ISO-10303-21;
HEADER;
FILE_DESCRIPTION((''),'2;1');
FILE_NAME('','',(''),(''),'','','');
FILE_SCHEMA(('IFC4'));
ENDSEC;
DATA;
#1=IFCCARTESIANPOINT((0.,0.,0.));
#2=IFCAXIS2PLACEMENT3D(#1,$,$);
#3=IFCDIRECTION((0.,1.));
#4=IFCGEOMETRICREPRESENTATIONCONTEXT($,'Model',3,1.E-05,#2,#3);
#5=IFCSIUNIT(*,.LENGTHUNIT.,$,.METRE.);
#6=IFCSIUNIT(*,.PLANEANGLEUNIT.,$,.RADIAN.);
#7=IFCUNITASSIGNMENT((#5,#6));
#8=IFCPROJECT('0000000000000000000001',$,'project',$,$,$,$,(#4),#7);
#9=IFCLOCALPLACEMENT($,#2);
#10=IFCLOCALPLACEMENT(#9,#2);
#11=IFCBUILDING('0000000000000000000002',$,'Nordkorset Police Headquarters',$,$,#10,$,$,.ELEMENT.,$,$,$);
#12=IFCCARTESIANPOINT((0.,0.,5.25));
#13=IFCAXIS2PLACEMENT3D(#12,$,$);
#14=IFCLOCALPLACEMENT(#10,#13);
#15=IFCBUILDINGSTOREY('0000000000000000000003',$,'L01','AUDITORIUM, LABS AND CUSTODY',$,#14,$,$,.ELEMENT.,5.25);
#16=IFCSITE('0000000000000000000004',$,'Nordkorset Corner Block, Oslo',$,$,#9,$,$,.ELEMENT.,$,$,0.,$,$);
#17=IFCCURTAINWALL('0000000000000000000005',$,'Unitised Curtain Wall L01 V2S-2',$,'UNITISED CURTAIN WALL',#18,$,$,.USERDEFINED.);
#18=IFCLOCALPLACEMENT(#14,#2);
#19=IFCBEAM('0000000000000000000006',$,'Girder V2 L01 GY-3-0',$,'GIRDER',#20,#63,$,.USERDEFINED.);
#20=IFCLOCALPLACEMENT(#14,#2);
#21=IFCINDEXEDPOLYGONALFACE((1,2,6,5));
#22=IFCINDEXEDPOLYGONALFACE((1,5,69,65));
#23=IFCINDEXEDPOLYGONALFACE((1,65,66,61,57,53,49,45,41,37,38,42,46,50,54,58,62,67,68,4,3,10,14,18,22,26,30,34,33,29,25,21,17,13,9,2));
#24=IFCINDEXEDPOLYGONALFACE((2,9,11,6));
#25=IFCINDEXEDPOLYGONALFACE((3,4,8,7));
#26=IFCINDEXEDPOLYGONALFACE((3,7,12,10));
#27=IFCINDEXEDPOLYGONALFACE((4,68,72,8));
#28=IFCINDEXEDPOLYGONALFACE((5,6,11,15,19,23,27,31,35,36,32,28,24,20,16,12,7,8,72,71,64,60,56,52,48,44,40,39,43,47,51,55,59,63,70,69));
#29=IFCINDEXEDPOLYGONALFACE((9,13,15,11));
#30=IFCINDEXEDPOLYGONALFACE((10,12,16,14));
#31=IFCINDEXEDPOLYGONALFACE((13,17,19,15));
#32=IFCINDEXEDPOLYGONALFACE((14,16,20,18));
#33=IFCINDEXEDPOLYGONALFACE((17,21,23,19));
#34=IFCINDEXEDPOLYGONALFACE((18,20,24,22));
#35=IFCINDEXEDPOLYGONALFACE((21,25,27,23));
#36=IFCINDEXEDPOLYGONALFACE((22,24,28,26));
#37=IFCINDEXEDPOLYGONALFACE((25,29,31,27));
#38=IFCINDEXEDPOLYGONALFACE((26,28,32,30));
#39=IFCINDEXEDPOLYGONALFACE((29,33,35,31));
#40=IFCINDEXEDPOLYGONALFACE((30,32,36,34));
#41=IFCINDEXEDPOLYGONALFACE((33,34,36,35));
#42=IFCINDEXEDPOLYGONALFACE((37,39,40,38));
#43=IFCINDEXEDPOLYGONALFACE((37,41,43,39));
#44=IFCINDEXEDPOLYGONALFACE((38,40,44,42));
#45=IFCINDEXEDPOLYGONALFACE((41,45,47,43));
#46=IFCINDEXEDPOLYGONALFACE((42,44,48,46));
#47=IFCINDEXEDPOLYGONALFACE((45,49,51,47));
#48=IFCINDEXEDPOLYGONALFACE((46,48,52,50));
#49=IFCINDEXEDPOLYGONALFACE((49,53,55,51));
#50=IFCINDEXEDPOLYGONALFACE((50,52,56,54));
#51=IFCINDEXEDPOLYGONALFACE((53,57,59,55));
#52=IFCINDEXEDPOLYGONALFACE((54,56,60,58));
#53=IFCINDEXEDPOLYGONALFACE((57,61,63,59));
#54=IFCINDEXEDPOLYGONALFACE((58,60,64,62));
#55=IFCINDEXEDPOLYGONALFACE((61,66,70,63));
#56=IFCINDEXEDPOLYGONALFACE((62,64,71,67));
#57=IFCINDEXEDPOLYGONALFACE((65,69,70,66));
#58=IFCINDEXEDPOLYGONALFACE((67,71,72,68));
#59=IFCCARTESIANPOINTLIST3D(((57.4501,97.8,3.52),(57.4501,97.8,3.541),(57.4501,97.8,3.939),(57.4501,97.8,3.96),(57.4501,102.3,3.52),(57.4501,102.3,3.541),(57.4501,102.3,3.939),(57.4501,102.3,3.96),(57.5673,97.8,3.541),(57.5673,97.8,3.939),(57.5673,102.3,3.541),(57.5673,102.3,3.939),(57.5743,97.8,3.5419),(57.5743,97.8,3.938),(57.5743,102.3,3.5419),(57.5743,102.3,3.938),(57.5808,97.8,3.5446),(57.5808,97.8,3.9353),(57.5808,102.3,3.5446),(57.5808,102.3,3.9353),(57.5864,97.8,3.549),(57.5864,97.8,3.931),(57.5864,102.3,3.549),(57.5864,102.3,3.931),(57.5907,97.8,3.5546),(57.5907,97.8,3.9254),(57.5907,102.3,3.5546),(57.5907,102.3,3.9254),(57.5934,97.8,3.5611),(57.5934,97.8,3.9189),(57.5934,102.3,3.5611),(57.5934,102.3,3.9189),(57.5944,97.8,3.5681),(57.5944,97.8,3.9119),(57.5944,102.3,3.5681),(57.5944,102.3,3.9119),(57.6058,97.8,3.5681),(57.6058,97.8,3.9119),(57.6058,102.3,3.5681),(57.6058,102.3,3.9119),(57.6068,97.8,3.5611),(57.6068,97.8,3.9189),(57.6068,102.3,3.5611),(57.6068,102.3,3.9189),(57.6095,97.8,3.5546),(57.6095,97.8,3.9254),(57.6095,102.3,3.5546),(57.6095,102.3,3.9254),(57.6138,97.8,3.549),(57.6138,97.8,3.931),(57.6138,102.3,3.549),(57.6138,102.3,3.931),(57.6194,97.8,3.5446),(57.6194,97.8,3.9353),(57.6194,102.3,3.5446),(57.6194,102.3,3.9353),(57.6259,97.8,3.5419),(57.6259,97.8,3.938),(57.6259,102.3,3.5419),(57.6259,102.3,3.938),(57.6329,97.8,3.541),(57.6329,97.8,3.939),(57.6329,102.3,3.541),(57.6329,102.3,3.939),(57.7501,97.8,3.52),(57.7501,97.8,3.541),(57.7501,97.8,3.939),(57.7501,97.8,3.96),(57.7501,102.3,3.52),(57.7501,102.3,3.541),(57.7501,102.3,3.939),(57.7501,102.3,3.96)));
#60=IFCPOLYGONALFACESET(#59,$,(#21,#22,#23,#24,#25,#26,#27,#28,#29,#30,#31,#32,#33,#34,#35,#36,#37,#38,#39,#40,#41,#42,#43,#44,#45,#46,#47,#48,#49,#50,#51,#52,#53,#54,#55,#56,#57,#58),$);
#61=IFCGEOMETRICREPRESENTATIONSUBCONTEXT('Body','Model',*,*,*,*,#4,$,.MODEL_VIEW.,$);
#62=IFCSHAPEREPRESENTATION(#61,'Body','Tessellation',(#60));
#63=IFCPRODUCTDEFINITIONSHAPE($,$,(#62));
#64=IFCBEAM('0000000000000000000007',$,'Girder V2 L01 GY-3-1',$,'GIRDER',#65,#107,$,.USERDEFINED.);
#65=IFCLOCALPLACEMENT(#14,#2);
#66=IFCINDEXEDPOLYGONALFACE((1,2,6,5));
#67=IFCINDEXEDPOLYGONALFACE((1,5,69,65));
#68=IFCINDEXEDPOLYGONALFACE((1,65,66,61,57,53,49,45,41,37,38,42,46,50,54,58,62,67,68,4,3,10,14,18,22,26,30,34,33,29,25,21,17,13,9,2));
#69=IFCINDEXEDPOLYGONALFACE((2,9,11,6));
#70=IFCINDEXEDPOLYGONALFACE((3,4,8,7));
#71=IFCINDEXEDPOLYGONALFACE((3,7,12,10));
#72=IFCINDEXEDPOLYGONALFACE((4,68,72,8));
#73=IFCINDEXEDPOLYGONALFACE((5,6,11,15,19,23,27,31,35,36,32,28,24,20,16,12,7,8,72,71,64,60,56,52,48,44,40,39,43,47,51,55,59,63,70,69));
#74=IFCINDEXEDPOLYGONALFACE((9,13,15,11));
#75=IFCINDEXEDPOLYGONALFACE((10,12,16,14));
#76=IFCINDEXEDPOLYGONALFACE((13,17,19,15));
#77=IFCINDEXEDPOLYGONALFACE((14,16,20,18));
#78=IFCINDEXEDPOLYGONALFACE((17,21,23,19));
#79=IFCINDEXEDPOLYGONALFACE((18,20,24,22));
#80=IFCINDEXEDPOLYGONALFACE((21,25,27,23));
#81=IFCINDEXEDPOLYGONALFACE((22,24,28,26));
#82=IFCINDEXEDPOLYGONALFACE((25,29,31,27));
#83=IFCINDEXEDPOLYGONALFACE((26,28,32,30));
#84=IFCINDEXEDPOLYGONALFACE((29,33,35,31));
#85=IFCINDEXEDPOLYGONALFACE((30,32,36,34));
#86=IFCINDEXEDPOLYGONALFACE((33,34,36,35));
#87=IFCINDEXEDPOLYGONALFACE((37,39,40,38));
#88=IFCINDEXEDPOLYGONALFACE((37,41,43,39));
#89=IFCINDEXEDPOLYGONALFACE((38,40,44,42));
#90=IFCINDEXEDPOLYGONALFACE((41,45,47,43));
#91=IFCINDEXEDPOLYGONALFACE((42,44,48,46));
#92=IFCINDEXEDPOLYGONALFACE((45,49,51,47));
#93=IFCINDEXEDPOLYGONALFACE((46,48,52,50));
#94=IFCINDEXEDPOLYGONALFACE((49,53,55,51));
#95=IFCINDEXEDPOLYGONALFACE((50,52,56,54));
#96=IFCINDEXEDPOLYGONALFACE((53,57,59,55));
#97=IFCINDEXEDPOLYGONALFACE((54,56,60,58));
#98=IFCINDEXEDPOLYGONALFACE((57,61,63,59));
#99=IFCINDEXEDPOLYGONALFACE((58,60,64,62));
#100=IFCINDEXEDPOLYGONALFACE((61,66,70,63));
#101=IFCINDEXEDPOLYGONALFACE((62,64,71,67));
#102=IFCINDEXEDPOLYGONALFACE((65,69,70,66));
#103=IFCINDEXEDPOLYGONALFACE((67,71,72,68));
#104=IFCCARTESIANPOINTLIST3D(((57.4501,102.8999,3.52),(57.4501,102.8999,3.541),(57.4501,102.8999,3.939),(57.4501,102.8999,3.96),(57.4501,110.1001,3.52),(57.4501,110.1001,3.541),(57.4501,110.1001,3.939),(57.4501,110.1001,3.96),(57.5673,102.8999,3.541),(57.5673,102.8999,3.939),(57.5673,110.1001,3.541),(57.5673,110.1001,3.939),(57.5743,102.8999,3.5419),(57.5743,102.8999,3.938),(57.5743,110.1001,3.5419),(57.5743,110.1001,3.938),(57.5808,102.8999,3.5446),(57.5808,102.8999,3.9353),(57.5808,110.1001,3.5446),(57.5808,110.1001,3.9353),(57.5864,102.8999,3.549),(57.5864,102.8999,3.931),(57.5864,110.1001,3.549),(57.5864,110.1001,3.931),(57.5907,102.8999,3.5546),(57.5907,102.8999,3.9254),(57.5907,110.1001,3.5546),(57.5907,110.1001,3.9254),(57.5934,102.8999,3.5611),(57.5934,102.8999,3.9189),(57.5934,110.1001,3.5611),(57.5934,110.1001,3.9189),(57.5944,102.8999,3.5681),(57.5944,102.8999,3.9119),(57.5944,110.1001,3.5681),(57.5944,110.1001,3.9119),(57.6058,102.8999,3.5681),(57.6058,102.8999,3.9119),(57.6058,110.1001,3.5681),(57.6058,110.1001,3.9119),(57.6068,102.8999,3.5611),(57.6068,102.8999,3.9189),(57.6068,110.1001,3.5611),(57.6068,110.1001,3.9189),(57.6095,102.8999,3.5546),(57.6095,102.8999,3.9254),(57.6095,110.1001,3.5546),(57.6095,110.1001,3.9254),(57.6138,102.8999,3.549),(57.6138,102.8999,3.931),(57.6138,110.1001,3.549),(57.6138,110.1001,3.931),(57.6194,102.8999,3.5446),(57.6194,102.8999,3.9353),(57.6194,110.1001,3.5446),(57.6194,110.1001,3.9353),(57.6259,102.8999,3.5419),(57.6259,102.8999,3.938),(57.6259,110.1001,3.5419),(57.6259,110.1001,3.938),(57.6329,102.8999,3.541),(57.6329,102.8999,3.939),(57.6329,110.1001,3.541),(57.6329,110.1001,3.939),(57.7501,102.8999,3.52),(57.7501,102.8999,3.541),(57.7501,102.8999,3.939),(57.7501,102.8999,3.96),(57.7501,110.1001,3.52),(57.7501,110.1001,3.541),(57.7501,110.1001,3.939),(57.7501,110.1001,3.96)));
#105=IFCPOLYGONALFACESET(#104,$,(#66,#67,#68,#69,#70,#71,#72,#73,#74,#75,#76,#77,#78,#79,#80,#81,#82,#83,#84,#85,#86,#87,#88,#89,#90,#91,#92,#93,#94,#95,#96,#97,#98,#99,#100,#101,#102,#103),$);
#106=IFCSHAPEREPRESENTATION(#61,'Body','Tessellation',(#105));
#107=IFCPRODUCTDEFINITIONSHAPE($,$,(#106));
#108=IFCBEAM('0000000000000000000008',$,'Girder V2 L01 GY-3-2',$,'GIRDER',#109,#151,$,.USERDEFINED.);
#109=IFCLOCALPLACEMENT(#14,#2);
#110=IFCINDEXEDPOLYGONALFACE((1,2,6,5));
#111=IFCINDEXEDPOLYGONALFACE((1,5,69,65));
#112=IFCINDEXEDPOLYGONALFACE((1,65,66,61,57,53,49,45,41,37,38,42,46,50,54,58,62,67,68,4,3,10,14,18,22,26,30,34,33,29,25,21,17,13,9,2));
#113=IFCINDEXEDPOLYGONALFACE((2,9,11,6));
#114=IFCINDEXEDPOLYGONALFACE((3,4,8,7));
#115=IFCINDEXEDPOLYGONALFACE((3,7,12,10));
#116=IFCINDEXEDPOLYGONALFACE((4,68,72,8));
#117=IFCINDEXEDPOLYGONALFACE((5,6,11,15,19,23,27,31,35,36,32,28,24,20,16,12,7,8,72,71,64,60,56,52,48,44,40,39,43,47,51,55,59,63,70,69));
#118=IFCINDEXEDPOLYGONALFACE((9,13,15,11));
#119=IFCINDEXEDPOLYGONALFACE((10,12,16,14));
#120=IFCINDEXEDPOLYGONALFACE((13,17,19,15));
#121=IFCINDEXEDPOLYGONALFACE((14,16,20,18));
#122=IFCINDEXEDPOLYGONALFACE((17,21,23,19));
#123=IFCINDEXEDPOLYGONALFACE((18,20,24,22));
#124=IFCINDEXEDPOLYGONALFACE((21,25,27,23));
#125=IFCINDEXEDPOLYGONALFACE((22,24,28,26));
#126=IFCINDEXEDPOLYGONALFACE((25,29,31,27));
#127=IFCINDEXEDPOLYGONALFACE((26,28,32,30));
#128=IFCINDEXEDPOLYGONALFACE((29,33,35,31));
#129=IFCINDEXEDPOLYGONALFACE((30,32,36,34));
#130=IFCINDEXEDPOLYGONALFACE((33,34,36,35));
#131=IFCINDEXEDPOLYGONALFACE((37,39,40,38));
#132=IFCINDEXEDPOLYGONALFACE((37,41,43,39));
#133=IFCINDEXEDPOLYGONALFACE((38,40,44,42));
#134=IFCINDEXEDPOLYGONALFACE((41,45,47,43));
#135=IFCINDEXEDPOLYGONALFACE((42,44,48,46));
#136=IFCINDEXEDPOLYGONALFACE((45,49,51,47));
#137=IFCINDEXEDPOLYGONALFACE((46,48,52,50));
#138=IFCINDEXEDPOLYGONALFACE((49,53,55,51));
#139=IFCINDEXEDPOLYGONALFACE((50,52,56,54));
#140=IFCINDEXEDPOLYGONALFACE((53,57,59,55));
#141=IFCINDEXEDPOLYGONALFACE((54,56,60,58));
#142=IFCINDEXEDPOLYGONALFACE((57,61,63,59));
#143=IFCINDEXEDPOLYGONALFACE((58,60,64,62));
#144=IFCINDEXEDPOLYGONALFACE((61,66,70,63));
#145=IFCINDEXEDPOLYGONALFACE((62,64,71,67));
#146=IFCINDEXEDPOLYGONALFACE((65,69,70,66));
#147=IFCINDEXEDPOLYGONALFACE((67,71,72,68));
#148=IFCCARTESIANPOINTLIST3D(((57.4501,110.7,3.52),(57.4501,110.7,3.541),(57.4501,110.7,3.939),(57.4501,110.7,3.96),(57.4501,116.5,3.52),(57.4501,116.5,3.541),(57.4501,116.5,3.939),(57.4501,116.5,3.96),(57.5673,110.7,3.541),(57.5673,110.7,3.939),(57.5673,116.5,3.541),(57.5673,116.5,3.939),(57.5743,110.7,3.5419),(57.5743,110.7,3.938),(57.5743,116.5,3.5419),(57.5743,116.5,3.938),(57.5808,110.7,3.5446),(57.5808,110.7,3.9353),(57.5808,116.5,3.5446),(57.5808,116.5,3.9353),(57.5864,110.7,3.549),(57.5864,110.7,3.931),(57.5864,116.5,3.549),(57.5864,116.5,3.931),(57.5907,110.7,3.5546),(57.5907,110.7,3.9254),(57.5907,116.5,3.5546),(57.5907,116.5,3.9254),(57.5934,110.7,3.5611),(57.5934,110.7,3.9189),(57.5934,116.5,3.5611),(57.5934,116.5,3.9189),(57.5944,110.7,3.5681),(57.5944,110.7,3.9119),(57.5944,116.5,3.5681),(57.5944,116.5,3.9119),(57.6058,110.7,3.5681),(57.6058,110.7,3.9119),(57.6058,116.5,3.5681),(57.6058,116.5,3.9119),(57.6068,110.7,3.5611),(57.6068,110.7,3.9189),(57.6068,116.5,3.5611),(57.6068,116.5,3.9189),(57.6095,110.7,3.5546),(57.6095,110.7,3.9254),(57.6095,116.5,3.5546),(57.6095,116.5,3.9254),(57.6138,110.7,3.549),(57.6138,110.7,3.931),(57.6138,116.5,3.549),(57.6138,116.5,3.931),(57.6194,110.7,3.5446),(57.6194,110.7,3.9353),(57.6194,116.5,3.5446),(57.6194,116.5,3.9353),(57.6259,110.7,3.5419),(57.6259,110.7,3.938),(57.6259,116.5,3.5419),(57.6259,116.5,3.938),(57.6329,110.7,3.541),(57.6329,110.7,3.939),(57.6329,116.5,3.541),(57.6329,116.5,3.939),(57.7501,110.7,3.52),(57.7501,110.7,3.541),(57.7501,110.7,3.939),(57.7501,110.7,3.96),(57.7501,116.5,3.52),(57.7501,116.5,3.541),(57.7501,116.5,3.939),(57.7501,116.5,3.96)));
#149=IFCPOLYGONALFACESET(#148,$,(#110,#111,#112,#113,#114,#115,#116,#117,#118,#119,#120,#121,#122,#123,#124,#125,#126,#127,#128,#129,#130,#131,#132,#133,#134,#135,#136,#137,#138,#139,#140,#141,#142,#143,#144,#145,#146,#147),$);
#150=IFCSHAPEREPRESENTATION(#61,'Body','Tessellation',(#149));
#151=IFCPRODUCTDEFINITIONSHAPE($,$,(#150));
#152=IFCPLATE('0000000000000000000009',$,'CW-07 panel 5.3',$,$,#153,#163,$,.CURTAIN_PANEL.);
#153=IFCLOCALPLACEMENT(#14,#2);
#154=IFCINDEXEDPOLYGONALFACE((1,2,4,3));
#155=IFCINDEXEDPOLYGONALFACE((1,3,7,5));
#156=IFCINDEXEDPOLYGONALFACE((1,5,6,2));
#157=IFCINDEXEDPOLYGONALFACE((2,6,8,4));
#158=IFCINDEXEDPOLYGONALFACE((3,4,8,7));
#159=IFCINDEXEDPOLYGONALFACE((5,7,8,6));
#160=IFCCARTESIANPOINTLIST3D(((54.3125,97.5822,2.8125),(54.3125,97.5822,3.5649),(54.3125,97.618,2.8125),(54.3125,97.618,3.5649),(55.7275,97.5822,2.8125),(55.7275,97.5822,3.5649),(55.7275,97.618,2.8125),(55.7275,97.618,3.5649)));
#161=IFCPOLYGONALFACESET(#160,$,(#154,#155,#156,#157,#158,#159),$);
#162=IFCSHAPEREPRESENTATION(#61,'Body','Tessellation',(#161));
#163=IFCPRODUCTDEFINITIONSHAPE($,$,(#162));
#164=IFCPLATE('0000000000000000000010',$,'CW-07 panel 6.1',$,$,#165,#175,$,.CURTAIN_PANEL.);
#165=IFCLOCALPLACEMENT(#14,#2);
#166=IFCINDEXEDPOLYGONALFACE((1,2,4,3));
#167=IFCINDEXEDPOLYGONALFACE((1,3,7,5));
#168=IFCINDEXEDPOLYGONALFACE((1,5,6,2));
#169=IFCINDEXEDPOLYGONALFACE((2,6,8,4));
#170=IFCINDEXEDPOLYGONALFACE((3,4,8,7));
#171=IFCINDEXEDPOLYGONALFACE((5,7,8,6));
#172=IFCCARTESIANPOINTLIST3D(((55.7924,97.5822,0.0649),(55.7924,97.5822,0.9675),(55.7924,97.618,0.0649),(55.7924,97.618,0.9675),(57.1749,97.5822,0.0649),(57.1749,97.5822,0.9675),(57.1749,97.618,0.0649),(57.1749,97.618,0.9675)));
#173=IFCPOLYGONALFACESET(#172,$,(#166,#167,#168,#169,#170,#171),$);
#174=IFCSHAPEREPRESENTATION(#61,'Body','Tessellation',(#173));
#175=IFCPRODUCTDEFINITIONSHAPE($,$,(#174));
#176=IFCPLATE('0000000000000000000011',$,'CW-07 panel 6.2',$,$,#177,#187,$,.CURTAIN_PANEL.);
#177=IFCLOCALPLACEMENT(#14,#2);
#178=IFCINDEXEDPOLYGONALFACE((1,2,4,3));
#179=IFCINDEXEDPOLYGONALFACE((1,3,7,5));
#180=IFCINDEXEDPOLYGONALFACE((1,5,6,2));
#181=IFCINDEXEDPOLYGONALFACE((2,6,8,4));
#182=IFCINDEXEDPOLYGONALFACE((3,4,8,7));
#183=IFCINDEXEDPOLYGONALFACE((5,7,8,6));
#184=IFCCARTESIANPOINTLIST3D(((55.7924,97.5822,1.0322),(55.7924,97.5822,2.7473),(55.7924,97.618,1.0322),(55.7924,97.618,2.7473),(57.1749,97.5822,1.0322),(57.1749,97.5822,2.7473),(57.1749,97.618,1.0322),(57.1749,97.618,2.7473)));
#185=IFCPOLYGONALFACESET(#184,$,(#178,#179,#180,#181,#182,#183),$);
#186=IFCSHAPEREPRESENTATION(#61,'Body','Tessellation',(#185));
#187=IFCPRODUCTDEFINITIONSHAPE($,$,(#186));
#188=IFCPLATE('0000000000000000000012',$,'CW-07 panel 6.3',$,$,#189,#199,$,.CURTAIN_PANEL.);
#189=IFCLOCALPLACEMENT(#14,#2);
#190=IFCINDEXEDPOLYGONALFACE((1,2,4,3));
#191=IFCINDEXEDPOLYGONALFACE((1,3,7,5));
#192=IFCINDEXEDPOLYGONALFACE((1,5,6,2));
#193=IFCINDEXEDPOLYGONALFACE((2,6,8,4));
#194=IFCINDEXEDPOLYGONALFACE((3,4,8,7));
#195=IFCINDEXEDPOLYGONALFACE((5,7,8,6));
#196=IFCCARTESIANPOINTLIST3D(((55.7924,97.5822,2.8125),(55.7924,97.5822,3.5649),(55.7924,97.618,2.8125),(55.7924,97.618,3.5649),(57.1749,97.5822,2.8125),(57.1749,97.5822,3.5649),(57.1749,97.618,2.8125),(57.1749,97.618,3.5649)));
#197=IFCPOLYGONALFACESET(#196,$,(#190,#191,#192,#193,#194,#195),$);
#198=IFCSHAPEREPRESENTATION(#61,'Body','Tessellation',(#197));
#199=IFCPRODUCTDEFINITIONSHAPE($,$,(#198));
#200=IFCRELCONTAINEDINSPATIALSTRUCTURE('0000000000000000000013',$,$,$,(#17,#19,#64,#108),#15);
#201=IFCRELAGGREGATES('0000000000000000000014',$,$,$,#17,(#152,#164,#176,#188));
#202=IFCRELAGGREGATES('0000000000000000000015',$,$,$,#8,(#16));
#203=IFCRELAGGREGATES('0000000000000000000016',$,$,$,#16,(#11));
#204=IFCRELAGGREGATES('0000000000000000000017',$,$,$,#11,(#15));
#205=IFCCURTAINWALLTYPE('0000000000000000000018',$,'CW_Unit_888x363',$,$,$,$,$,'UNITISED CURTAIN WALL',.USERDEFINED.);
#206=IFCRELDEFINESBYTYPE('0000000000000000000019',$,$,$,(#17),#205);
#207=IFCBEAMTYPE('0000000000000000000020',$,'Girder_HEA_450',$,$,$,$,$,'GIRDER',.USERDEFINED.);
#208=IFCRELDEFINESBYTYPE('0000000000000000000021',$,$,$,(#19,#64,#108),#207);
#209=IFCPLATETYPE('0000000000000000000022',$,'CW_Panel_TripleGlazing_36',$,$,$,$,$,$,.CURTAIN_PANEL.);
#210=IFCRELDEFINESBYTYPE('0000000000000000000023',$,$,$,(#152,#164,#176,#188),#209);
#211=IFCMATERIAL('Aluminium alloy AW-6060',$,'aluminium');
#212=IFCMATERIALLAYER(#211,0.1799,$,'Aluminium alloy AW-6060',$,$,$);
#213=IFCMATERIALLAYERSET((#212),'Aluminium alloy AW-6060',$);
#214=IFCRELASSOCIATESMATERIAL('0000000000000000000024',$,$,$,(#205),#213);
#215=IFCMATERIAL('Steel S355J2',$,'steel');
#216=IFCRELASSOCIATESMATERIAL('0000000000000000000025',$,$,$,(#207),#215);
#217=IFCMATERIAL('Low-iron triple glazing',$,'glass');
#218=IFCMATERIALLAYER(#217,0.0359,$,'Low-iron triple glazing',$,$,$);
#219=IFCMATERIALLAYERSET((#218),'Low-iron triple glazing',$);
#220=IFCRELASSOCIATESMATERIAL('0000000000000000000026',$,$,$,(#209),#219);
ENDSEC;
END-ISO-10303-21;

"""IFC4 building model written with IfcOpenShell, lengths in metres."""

from ifc_helpers import new_model, si_unit, direction, frame, origin, origin_2d, place, context, subcontext, project, spatial, rectangle, i_section, extrude, material, layer, layer_set, material_profile, profile_set, type_object, element, aggregate, save


model = new_model("IFC4")

# Units and contexts
model_context = context("Model", 3, precision=1e-05, world=origin(), true_north=direction((0.0, 1.0)))
body_context = subcontext(model_context, "Body", "Model", "MODEL_VIEW")
ifc_project = project(units=[si_unit("LENGTHUNIT", "METRE"), si_unit("PLANEANGLEUNIT", "RADIAN")], contexts=[model_context])

# Site, building, storey
site_placement = place(None, origin())
site = spatial("IfcSite", under=ifc_project, at=site_placement, Name="Nordkorset Corner Block, Oslo", CompositionType="ELEMENT", RefElevation=0.0)
building_placement = place(site_placement, origin())
building = spatial("IfcBuilding", under=site, at=building_placement, Name="Nordkorset Police Headquarters", CompositionType="ELEMENT")
storey_placement = place(building_placement, frame((0.0, 0.0, 5.25)))
storey = spatial("IfcBuildingStorey", under=building, at=storey_placement, Name="L01", Description="AUDITORIUM, LABS AND CUSTODY", CompositionType="ELEMENT", Elevation=5.25)

# Curtain wall
ifc_material_1 = material(Name="Aluminium alloy AW-6060", Category="aluminium")
ifc_layer_1 = layer(ifc_material_1, 0.1799, Name="Aluminium alloy AW-6060")
ifc_layer_set_1 = layer_set([ifc_layer_1], Name="Aluminium alloy AW-6060")
curtain_wall_type = type_object("IfcCurtainWallType", Name="CW_Unit_888x363", ElementType="UNITISED CURTAIN WALL", PredefinedType="USERDEFINED", material=ifc_layer_set_1)
curtain_wall_placement = place(storey_placement, origin())
curtain_wall = element("IfcCurtainWall", 1, at=curtain_wall_placement, inside=storey, type_object=curtain_wall_type, Name="Unitised Curtain Wall L01 V2S-2", ObjectType="UNITISED CURTAIN WALL", PredefinedType="USERDEFINED")

# Beams
ifc_material_2 = material(Name="Steel S355J2", Category="steel")
ifc_material_profile_1 = material_profile(ifc_material_2, i_section(OverallWidth=0.3, OverallDepth=0.4399, WebThickness=0.0115, FlangeThickness=0.021, FilletRadius=0.0271, at=origin_2d()), Name="HEA 450")
ifc_profile_set_1 = profile_set([ifc_material_profile_1], Name="Steel S355J2")
beam_type = type_object("IfcBeamType", Name="Girder_HEA_450", ElementType="GIRDER", PredefinedType="USERDEFINED", material=ifc_profile_set_1)
beam_1_placement = place(storey_placement, frame((57.6001, 97.8, 3.74), z_axis=(0.0, 1.0, 0.0), x_axis=(-1.0, 0.0, 0.0)))
element("IfcBeam", 2, at=beam_1_placement, inside=storey, type_object=beam_type, Name="Girder V2 L01 GY-3-0", ObjectType="GIRDER", PredefinedType="USERDEFINED", context=body_context, shape_type="SweptSolid", body=[
    extrude(i_section(OverallWidth=0.3, OverallDepth=0.4399, WebThickness=0.0115, FlangeThickness=0.021, FilletRadius=0.0271, at=origin_2d()), origin(), (0.0, 0.0, 1.0), 4.5),
])
beam_2_placement = place(storey_placement, frame((57.6001, 102.8999, 3.74), z_axis=(0.0, 1.0, 0.0), x_axis=(-1.0, 0.0, 0.0)))
element("IfcBeam", 3, at=beam_2_placement, inside=storey, type_object=beam_type, Name="Girder V2 L01 GY-3-1", ObjectType="GIRDER", PredefinedType="USERDEFINED", context=body_context, shape_type="SweptSolid", body=[
    extrude(i_section(OverallWidth=0.3, OverallDepth=0.4399, WebThickness=0.0115, FlangeThickness=0.021, FilletRadius=0.0271, at=origin_2d()), origin(), (0.0, 0.0, 1.0), 7.2002),
])
beam_3_placement = place(storey_placement, frame((57.6001, 110.7, 3.74), z_axis=(0.0, 1.0, 0.0), x_axis=(-1.0, 0.0, 0.0)))
element("IfcBeam", 4, at=beam_3_placement, inside=storey, type_object=beam_type, Name="Girder V2 L01 GY-3-2", ObjectType="GIRDER", PredefinedType="USERDEFINED", context=body_context, shape_type="SweptSolid", body=[
    extrude(i_section(OverallWidth=0.3, OverallDepth=0.4399, WebThickness=0.0115, FlangeThickness=0.021, FilletRadius=0.0271, at=origin_2d()), origin(), (0.0, 0.0, 1.0), 5.8),
])

# Plates
ifc_material_3 = material(Name="Low-iron triple glazing", Category="glass")
ifc_layer_2 = layer(ifc_material_3, 0.0359, Name="Low-iron triple glazing")
ifc_layer_set_2 = layer_set([ifc_layer_2], Name="Low-iron triple glazing")
plate_type_1 = type_object("IfcPlateType", Name="CW_Panel_TripleGlazing_36", PredefinedType="CURTAIN_PANEL", material=ifc_layer_set_2)
plate_1_placement = place(storey_placement, frame((55.02, 97.6001, 2.8125), z_axis=(0.0, 0.0, 1.0), x_axis=(1.0, 0.0, 0.0)))
plate_1 = element("IfcPlate", 5, at=plate_1_placement, type_object=plate_type_1, Name="CW-07 panel 5.3", PredefinedType="CURTAIN_PANEL", context=body_context, shape_type="SweptSolid", body=[
    extrude(rectangle(XDim=1.415, YDim=0.0359, at=origin_2d()), origin(), (0.0, 0.0, 1.0), 0.7524),
])
plate_2_placement = place(storey_placement, frame((56.4836, 97.6001, 0.0649), z_axis=(0.0, 0.0, 1.0), x_axis=(1.0, 0.0, 0.0)))
plate_2 = element("IfcPlate", 6, at=plate_2_placement, type_object=plate_type_1, Name="CW-07 panel 6.1", PredefinedType="CURTAIN_PANEL", context=body_context, shape_type="SweptSolid", body=[
    extrude(rectangle(XDim=1.3826, YDim=0.0359, at=origin_2d()), origin(), (0.0, 0.0, 1.0), 0.9026),
])
plate_3_placement = place(storey_placement, frame((56.4836, 97.6001, 1.0322), z_axis=(0.0, 0.0, 1.0), x_axis=(1.0, 0.0, 0.0)))
plate_3 = element("IfcPlate", 7, at=plate_3_placement, type_object=plate_type_1, Name="CW-07 panel 6.2", PredefinedType="CURTAIN_PANEL", context=body_context, shape_type="SweptSolid", body=[
    extrude(rectangle(XDim=1.3826, YDim=0.0359, at=origin_2d()), origin(), (0.0, 0.0, 1.0), 1.7151),
])
plate_4_placement = place(storey_placement, frame((56.4836, 97.6001, 2.8125), z_axis=(0.0, 0.0, 1.0), x_axis=(1.0, 0.0, 0.0)))
plate_4 = element("IfcPlate", 8, at=plate_4_placement, type_object=plate_type_1, Name="CW-07 panel 6.3", PredefinedType="CURTAIN_PANEL", context=body_context, shape_type="SweptSolid", body=[
    extrude(rectangle(XDim=1.3826, YDim=0.0359, at=origin_2d()), origin(), (0.0, 0.0, 1.0), 0.7524),
])
aggregate(curtain_wall, [plate_1, plate_2, plate_3, plate_4])

save(model, "model.ifc")
